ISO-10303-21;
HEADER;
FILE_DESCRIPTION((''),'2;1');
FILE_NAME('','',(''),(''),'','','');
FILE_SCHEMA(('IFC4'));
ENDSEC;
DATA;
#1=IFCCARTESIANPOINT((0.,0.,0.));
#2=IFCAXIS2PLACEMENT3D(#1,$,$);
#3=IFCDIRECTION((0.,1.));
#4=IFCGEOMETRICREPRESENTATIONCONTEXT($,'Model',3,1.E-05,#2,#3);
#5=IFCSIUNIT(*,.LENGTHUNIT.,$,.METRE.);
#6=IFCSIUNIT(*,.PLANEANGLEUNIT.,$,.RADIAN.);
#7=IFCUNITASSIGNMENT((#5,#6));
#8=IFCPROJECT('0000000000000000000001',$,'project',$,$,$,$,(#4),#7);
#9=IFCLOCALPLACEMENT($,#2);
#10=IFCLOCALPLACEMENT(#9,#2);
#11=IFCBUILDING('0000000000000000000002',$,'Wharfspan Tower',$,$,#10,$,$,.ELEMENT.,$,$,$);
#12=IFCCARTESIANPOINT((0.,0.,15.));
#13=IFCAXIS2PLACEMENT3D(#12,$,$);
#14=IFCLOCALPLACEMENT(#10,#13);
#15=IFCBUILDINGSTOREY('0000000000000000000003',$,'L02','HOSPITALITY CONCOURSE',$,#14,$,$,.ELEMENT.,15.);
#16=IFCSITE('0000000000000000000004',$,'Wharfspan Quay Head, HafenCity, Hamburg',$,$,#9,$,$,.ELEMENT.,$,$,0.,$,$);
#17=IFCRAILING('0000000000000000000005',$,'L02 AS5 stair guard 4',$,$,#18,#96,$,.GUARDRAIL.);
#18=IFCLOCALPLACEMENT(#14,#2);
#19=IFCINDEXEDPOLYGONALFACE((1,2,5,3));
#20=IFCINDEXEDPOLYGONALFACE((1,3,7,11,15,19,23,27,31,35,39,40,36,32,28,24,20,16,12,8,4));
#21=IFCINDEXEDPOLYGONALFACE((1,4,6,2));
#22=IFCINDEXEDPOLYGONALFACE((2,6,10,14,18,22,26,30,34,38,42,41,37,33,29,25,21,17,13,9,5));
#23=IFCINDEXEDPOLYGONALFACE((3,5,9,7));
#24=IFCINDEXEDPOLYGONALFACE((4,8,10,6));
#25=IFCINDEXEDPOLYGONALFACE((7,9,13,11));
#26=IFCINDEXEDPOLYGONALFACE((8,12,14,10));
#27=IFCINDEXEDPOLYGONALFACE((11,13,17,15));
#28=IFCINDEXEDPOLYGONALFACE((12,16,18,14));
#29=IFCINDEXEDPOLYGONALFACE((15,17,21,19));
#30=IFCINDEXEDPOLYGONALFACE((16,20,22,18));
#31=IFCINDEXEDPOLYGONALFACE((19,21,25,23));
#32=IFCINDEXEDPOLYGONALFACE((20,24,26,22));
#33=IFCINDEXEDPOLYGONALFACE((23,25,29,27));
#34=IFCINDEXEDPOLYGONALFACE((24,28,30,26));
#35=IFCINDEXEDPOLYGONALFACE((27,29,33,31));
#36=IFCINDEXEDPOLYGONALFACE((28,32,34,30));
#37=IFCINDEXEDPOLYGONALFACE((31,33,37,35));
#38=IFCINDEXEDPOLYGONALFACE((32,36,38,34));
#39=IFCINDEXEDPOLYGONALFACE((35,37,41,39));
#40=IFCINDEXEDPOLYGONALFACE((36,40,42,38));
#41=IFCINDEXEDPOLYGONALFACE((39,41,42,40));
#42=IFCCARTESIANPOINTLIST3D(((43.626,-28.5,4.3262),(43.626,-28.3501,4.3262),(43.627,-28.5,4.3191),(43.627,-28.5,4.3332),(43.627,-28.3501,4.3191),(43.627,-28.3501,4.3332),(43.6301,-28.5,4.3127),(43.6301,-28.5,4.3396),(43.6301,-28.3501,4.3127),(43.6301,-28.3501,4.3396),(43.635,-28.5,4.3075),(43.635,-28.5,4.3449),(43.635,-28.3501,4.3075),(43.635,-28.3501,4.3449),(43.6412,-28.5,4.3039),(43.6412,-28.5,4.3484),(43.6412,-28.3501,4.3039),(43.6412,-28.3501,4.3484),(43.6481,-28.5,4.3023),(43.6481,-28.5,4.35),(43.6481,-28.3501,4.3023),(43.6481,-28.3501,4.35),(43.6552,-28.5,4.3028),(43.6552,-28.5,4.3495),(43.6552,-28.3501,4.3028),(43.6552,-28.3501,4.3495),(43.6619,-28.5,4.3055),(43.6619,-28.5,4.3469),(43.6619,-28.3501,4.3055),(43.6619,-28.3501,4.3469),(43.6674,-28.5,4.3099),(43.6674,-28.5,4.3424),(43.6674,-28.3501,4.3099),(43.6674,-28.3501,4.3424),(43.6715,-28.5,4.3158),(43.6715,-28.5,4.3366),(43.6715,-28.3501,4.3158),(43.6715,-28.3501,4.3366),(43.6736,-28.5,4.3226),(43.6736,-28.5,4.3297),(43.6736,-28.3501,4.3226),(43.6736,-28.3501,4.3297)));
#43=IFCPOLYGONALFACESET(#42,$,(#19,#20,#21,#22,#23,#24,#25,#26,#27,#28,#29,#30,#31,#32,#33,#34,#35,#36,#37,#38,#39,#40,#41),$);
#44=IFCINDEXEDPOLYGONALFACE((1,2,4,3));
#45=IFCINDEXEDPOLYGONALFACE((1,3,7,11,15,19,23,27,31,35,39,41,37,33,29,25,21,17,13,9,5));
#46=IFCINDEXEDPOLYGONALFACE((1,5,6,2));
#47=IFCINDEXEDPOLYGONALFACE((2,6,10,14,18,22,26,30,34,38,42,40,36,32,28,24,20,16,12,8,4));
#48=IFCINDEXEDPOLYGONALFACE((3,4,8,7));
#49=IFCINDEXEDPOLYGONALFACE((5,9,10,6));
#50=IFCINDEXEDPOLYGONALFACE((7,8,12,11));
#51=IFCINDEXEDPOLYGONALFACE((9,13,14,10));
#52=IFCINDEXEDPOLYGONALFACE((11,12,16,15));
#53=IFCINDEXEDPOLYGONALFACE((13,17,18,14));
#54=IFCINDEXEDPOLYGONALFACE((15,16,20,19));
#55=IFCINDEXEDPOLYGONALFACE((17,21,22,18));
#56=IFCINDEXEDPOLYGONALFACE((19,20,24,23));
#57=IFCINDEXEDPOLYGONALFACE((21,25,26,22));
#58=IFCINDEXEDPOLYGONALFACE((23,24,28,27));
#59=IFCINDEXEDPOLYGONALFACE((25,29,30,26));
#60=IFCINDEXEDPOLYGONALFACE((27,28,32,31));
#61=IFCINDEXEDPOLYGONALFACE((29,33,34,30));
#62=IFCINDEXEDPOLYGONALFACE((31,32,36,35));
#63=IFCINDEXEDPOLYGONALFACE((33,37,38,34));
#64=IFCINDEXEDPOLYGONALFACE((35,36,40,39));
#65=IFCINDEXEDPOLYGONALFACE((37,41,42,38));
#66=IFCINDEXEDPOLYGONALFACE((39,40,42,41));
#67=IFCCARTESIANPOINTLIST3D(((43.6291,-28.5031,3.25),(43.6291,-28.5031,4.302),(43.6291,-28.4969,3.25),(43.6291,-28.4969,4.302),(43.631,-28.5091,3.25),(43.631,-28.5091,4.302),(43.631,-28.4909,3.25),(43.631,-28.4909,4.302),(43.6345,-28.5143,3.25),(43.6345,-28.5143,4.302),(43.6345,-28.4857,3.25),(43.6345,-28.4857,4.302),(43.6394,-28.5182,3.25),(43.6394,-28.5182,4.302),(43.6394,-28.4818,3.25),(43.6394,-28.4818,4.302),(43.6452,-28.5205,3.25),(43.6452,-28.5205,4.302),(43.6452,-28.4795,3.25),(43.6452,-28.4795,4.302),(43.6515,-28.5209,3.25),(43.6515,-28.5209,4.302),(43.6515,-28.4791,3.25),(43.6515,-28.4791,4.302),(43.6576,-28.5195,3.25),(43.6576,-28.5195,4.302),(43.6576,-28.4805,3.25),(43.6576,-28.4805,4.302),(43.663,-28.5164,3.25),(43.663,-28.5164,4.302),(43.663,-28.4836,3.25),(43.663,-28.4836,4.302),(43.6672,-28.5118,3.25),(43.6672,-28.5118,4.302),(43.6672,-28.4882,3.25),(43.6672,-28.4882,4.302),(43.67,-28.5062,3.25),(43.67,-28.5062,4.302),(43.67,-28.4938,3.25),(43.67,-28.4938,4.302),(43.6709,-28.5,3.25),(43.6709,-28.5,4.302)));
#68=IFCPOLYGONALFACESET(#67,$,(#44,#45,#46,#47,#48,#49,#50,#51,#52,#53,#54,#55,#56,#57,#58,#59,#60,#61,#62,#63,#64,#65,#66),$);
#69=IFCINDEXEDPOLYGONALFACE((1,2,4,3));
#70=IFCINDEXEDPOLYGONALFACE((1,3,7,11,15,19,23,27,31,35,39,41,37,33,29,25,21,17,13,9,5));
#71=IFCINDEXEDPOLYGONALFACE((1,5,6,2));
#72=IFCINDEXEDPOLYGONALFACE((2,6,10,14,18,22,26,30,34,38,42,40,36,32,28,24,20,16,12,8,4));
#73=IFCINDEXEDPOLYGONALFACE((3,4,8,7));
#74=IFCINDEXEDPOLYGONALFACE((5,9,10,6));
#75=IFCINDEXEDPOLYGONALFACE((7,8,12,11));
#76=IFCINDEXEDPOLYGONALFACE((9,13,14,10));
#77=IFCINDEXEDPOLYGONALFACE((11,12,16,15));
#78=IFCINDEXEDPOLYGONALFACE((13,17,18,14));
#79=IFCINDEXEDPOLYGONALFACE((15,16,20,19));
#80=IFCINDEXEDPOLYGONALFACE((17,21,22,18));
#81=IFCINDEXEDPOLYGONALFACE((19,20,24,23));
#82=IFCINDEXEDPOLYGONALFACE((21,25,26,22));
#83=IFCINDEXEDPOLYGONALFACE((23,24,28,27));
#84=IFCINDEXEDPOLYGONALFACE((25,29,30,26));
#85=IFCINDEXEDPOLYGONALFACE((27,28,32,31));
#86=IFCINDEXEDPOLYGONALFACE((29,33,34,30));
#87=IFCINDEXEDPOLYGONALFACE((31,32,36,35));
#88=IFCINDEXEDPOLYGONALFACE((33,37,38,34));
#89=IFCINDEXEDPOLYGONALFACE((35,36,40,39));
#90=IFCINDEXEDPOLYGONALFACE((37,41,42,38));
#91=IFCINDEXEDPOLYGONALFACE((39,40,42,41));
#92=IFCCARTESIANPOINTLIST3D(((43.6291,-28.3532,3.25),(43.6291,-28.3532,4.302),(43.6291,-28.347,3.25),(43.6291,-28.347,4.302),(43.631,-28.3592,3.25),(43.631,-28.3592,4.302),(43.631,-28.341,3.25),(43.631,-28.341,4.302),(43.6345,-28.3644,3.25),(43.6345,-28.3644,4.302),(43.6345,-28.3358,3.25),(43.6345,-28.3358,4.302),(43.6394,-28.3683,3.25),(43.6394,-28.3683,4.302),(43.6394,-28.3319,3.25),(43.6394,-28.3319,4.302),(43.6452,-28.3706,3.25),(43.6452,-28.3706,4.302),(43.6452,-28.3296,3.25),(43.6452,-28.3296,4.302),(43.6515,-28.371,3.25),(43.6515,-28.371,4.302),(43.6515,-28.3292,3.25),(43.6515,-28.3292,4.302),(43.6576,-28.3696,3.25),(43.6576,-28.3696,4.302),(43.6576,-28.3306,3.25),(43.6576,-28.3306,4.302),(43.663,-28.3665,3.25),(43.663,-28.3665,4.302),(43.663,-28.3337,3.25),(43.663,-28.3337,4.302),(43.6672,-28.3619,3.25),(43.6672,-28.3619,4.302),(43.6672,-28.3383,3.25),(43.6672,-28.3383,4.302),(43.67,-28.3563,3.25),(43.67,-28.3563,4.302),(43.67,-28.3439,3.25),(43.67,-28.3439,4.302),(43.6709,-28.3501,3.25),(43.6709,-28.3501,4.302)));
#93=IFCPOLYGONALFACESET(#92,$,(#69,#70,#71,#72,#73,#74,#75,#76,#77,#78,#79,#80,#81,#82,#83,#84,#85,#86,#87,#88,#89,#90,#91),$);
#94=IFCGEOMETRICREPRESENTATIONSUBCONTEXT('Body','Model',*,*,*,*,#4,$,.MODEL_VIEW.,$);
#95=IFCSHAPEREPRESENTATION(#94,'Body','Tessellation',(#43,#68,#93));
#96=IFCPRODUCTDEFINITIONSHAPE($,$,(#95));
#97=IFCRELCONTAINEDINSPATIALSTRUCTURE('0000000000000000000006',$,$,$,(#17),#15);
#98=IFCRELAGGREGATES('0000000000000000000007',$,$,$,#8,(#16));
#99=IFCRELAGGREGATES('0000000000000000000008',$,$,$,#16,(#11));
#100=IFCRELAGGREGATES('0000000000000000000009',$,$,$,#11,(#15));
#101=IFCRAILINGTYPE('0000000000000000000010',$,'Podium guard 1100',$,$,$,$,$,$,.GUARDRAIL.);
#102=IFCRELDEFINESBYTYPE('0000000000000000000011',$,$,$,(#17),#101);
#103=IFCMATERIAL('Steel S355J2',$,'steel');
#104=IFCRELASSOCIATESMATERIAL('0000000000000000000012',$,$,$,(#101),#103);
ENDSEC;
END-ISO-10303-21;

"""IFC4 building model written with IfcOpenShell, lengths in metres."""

from ifc_helpers import new_model, si_unit, direction, frame, origin, origin_2d, place, context, subcontext, project, spatial, circle, extrude, material, type_object, element, save


model = new_model("IFC4")

# Units and contexts
model_context = context("Model", 3, precision=1e-05, world=origin(), true_north=direction((0.0, 1.0)))
body_context = subcontext(model_context, "Body", "Model", "MODEL_VIEW")
ifc_project = project(units=[si_unit("LENGTHUNIT", "METRE"), si_unit("PLANEANGLEUNIT", "RADIAN")], contexts=[model_context])

# Site, building, storey
site_placement = place(None, origin())
site = spatial("IfcSite", under=ifc_project, at=site_placement, Name="Wharfspan Quay Head, HafenCity, Hamburg", CompositionType="ELEMENT", RefElevation=0.0)
building_placement = place(site_placement, origin())
building = spatial("IfcBuilding", under=site, at=building_placement, Name="Wharfspan Tower", CompositionType="ELEMENT")
storey_placement = place(building_placement, frame((0.0, 0.0, 15.0)))
storey = spatial("IfcBuildingStorey", under=building, at=storey_placement, Name="L02", Description="HOSPITALITY CONCOURSE", CompositionType="ELEMENT", Elevation=15.0)

# Railing
ifc_material_1 = material(Name="Steel S355J2", Category="steel")
railing_type_1 = type_object("IfcRailingType", Name="Podium guard 1100", PredefinedType="GUARDRAIL", material=ifc_material_1)
railing_1_placement = place(storey_placement, frame((43.6499, -28.5, 3.25)))
element("IfcRailing", 1, at=railing_1_placement, inside=storey, type_object=railing_type_1, Name="L02 AS5 stair guard 4", PredefinedType="GUARDRAIL", context=body_context, shape_type="SweptSolid", body=[
    extrude(circle(Radius=0.0239, at=origin_2d()), frame((0.0, 0.0, 1.0762), z_axis=(0.0, 1.0, 0.0), x_axis=(-1.0, 0.0, 0.0)), (0.0, 0.0, 1.0), 0.1499),
    extrude(circle(Radius=0.021, at=origin_2d()), origin(), (0.0, 0.0, 1.0), 1.052),
    extrude(circle(Radius=0.021, at=origin_2d()), frame((0.0, 0.1499, 0.0)), (0.0, 0.0, 1.0), 1.052),
])

save(model, "model.ifc")
